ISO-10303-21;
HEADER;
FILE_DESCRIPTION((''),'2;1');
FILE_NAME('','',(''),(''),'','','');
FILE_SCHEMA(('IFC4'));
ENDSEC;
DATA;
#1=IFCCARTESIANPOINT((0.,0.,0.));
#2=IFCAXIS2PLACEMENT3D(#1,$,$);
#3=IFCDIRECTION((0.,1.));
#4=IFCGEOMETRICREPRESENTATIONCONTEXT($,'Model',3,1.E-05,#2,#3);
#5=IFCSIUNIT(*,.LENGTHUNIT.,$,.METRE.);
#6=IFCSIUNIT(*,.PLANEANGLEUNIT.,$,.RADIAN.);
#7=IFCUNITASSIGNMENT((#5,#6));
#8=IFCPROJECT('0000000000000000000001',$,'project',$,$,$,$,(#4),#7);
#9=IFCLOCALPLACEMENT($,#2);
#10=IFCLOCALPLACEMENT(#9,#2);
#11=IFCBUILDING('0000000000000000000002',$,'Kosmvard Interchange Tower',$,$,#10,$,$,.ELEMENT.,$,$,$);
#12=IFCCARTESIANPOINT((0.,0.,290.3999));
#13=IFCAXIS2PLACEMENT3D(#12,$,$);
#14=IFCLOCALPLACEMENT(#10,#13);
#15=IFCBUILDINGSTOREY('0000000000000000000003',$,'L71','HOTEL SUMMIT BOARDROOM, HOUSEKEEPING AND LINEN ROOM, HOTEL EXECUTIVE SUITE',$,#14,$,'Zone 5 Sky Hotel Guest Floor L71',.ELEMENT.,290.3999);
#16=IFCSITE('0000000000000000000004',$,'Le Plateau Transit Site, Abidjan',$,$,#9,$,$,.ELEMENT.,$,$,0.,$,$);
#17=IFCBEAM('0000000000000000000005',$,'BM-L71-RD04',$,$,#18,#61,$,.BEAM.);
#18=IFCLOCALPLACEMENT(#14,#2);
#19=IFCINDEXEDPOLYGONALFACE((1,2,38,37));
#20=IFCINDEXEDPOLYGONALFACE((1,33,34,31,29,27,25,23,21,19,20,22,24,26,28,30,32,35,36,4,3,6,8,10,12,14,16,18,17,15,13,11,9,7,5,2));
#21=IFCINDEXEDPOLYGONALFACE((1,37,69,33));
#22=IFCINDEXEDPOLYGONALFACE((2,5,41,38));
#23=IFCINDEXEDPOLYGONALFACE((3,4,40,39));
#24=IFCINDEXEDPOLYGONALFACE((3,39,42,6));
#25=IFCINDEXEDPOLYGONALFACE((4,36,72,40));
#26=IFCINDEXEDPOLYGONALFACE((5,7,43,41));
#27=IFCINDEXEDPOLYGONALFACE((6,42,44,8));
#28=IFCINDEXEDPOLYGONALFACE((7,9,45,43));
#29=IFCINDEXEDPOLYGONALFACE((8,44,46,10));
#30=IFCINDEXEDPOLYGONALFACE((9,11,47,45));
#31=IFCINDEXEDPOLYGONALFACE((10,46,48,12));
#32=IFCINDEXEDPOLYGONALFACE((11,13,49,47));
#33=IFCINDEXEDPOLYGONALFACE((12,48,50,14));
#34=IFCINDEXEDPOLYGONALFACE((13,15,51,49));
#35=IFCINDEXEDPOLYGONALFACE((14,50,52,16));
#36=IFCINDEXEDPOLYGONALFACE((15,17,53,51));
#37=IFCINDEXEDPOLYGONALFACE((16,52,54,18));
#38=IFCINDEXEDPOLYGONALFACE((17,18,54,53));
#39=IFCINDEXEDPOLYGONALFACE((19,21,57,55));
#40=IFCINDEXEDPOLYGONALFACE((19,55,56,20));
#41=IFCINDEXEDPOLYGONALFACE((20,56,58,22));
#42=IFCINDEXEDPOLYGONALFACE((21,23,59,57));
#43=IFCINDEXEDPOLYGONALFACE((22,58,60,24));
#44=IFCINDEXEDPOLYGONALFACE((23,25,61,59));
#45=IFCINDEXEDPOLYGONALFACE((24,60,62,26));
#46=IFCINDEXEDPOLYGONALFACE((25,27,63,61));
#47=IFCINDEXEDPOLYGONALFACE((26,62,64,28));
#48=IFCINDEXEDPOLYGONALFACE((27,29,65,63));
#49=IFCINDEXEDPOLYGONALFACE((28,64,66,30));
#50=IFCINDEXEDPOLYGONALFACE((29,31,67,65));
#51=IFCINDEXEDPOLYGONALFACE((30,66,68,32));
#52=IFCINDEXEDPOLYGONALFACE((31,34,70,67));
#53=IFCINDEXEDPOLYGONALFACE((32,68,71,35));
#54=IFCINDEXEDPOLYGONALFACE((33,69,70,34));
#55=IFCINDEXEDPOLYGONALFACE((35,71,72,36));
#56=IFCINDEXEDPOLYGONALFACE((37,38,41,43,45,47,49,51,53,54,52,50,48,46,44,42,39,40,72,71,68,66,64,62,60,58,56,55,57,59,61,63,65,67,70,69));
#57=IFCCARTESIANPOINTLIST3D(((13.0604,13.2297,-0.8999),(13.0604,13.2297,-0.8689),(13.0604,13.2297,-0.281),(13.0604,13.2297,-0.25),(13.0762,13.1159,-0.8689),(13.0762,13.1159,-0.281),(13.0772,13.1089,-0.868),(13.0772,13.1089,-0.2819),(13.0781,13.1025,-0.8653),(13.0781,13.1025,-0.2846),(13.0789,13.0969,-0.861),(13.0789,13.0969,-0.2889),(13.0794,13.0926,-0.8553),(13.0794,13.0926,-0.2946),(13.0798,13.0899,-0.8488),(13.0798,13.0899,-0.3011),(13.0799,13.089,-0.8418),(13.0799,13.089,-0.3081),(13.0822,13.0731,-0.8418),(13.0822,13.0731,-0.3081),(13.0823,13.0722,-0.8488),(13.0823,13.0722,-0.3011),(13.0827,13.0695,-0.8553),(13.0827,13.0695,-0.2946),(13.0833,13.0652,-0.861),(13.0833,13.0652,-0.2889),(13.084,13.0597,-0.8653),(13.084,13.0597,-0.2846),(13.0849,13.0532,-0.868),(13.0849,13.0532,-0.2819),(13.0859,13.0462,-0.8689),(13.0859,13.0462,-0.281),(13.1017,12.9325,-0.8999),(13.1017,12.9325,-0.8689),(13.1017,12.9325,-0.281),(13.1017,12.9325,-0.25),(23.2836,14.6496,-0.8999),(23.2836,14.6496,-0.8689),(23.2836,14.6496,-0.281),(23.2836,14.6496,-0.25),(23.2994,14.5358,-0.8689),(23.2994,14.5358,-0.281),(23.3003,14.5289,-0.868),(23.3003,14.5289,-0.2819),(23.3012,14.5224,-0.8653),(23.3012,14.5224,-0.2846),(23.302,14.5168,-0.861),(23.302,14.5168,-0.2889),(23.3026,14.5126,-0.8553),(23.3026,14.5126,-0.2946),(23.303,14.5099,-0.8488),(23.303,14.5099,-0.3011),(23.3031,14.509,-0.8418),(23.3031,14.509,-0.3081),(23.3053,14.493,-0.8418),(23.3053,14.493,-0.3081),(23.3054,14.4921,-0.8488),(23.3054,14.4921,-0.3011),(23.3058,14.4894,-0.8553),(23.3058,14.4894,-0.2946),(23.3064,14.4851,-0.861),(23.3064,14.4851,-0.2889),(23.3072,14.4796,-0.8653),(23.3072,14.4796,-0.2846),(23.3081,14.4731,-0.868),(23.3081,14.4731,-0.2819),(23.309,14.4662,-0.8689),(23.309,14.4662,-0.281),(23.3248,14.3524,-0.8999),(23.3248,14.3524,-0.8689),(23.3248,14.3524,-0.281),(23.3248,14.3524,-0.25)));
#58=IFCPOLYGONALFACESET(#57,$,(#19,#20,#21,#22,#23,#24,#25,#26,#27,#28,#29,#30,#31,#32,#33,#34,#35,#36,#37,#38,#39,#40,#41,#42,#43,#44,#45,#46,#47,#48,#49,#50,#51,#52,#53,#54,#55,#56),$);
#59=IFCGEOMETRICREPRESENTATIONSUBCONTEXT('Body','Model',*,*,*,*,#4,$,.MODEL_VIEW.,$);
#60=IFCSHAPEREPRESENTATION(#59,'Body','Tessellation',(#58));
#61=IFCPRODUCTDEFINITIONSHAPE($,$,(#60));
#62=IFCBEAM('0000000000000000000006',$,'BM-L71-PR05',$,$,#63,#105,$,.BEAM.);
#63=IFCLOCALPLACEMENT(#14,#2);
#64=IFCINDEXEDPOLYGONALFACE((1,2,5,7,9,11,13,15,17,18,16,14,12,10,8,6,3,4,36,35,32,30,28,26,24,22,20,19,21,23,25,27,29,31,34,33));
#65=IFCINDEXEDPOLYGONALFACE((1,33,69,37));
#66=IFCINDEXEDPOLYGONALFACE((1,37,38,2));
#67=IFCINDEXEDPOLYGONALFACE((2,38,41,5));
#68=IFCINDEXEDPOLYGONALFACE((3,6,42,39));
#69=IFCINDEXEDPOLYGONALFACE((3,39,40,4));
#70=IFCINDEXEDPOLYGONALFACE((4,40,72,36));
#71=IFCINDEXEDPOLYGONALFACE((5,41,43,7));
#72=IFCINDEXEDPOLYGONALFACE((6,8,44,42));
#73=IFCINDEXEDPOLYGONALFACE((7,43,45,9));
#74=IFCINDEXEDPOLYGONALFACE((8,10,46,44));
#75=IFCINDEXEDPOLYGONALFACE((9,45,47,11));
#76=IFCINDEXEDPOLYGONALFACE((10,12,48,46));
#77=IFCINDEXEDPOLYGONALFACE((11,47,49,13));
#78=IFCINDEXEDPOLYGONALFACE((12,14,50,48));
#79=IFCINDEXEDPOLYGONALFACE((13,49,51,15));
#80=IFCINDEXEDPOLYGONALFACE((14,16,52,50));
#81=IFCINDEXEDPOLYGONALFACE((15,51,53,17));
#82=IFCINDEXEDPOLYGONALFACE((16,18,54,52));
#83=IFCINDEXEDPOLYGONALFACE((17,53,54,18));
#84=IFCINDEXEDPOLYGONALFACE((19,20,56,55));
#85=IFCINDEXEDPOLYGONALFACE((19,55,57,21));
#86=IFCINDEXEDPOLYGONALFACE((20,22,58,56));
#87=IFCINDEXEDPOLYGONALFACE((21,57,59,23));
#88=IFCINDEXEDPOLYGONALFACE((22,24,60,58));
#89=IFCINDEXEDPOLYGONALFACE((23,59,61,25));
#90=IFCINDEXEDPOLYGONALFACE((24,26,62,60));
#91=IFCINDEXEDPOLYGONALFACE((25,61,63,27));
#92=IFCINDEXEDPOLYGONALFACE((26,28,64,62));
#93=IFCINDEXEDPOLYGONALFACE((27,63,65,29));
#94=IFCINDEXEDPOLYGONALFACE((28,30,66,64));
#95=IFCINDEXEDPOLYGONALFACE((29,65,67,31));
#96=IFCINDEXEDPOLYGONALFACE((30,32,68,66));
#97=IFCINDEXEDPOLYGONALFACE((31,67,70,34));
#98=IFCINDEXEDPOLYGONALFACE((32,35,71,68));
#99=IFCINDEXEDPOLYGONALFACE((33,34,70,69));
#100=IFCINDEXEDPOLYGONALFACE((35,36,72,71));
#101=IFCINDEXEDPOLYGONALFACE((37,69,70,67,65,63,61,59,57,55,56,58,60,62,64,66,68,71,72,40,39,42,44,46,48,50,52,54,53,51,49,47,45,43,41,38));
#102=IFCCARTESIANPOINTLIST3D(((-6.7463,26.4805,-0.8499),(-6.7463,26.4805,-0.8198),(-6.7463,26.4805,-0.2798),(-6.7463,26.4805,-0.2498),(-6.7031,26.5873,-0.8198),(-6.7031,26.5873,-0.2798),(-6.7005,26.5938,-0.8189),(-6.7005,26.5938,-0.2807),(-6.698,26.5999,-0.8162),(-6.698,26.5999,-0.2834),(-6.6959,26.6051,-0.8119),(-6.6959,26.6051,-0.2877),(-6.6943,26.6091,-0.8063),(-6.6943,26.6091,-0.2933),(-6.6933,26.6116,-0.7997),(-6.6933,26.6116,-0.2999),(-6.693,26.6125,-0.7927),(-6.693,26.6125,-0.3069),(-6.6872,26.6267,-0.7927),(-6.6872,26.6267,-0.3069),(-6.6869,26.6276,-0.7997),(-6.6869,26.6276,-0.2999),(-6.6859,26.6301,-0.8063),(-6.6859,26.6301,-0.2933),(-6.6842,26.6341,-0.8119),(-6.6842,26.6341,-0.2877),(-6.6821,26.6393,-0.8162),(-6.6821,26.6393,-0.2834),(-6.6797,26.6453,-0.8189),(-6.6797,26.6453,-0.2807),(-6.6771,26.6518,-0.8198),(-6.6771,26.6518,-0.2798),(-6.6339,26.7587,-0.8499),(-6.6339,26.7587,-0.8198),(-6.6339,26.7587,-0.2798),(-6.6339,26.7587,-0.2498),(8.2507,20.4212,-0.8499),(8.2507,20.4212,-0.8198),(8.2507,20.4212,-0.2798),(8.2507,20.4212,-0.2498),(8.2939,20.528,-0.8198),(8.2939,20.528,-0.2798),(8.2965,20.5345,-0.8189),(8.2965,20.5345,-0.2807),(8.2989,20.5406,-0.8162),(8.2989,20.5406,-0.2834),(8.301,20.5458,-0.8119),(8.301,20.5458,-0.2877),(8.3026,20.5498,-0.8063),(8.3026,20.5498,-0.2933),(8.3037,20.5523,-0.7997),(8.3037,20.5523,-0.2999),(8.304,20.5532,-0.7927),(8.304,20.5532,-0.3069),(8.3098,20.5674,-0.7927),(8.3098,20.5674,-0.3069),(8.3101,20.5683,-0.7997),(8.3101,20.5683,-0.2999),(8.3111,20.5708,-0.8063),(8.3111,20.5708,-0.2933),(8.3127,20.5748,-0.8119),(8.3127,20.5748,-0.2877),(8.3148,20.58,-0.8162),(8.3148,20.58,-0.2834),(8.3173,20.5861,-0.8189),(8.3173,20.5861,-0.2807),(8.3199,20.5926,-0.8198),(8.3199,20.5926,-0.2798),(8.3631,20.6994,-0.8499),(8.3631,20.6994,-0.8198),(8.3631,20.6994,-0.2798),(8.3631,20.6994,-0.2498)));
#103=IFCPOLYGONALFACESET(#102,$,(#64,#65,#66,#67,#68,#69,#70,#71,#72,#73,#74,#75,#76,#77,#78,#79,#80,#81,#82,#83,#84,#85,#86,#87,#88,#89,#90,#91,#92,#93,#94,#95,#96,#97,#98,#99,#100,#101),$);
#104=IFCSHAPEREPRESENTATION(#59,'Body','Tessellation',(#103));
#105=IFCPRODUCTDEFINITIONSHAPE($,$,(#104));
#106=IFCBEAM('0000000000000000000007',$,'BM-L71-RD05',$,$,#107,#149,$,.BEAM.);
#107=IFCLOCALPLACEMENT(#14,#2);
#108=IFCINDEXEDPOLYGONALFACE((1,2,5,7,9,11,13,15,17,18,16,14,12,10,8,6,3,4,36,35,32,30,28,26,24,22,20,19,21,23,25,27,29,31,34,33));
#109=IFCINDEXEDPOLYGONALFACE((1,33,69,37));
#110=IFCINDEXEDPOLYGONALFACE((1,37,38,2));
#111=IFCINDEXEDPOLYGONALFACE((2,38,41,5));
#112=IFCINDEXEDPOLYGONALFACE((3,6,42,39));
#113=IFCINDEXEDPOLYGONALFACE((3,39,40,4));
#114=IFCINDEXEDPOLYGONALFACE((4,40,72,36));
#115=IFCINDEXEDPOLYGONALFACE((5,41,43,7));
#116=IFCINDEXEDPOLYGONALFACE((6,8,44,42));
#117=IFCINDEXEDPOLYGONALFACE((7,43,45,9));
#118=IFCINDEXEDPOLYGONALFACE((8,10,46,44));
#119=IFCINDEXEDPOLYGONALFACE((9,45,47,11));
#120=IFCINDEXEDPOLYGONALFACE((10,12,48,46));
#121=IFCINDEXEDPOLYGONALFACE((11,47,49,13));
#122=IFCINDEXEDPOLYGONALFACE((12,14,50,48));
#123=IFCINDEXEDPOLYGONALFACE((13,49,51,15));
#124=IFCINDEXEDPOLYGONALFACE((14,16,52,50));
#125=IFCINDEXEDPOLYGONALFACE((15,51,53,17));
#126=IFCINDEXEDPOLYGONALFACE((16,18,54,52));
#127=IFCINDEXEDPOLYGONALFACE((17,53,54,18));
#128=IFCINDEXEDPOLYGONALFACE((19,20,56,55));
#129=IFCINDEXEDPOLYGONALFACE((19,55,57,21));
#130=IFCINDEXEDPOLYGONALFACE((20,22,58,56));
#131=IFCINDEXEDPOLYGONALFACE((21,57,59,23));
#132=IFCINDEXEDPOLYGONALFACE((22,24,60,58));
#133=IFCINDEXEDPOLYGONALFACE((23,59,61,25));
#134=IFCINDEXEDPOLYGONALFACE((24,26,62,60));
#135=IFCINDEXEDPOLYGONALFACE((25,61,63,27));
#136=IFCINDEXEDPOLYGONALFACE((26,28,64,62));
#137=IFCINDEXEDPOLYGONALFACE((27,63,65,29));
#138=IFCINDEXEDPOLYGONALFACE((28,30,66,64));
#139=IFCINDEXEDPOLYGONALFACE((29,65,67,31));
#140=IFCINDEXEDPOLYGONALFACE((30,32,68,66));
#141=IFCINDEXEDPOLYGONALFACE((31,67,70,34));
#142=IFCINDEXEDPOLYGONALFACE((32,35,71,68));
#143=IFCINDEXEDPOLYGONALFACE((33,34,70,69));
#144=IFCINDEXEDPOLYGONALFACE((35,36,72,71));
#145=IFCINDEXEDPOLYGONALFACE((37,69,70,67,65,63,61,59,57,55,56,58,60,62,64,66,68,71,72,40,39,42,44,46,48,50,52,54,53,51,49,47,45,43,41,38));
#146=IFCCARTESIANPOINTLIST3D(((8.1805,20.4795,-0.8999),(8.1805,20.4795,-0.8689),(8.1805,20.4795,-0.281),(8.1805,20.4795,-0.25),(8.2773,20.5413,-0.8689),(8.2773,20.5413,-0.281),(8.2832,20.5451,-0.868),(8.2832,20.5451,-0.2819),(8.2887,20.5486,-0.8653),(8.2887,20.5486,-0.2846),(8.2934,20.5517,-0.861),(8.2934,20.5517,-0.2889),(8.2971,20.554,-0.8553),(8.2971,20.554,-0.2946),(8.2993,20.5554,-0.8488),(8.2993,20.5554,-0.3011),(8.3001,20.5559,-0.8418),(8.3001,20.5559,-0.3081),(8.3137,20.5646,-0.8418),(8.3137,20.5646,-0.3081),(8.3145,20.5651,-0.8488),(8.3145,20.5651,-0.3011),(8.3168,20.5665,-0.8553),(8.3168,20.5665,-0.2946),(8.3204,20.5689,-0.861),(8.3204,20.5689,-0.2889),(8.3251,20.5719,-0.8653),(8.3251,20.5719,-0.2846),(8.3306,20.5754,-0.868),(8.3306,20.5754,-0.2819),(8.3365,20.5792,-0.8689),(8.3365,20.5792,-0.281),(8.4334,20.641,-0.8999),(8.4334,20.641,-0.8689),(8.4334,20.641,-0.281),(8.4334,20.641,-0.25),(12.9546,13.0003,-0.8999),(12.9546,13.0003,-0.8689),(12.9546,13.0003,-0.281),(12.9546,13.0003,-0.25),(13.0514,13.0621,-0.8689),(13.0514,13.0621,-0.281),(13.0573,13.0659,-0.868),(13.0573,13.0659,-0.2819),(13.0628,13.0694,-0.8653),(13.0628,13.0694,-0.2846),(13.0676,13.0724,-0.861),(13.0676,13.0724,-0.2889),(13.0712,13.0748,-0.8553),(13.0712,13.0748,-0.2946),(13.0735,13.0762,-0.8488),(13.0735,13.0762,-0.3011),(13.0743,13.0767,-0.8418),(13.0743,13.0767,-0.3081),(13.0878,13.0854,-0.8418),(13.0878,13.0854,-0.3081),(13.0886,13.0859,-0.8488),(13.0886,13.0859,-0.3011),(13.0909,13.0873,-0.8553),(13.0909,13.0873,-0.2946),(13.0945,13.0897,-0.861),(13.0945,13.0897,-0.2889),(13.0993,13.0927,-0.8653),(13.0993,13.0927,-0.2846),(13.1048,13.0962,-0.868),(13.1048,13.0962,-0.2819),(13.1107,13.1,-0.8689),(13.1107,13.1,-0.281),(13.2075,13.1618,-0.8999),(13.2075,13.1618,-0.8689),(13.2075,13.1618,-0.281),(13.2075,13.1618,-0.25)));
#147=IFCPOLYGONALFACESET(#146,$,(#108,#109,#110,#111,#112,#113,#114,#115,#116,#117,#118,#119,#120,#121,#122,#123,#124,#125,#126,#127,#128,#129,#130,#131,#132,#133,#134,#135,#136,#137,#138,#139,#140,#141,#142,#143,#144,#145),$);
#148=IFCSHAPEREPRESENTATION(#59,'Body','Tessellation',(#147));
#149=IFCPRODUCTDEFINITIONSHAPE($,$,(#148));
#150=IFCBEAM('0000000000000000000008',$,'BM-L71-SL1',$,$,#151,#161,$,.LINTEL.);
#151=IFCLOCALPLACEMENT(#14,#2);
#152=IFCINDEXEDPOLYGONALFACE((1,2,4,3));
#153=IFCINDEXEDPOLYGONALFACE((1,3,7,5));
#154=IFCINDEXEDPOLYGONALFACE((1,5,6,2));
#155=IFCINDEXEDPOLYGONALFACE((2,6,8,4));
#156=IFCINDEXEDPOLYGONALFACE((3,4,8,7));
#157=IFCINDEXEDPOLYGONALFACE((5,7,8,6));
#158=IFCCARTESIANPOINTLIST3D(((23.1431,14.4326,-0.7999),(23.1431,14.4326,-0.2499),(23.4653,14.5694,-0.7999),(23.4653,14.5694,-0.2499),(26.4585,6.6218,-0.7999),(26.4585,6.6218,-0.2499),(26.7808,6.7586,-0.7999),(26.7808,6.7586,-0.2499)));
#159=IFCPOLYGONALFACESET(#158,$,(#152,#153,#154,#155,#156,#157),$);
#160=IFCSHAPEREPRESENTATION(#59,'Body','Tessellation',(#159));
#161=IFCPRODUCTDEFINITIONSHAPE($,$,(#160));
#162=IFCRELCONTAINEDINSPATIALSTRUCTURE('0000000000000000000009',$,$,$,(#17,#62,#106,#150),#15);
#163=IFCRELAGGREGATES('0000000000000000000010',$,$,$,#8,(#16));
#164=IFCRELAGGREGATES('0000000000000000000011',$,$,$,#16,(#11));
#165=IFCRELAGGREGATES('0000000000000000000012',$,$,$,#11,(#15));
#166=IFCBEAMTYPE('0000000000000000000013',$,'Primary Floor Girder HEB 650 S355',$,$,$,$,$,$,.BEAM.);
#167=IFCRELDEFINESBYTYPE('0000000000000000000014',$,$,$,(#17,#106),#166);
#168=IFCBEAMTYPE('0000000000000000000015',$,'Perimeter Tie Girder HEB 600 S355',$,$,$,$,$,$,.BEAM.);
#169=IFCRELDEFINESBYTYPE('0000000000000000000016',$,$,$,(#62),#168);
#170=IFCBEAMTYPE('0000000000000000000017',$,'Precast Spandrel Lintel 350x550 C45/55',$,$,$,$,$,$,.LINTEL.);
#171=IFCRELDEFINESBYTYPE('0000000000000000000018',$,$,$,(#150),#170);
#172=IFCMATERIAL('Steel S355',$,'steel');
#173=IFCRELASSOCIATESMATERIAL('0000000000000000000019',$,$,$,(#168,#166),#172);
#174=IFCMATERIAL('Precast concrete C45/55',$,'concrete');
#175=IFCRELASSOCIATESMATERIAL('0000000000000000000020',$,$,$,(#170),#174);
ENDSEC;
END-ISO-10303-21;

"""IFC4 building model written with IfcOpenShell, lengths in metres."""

from ifc_helpers import new_model, si_unit, direction, frame, origin, origin_2d, place, context, subcontext, project, spatial, rectangle, i_section, extrude, source, transform, mapped, material, material_profile, profile_set, type_object, element, save


model = new_model("IFC4")

# Units and contexts
model_context = context("Model", 3, precision=1e-05, world=origin(), true_north=direction((0.0, 1.0)))
body_context = subcontext(model_context, "Body", "Model", "MODEL_VIEW")
ifc_project = project(units=[si_unit("LENGTHUNIT", "METRE"), si_unit("PLANEANGLEUNIT", "RADIAN")], contexts=[model_context])

# Site, building, storey
site_placement = place(None, origin())
site = spatial("IfcSite", under=ifc_project, at=site_placement, Name="Le Plateau Transit Site, Abidjan", CompositionType="ELEMENT", RefElevation=0.0)
building_placement = place(site_placement, origin())
building = spatial("IfcBuilding", under=site, at=building_placement, Name="Kosmvard Interchange Tower", CompositionType="ELEMENT")
storey_placement = place(building_placement, frame((0.0, 0.0, 290.3999)))
storey = spatial("IfcBuildingStorey", under=building, at=storey_placement, Name="L71", Description="HOTEL SUMMIT BOARDROOM, HOUSEKEEPING AND LINEN ROOM, HOTEL EXECUTIVE SUITE", LongName="Zone 5 Sky Hotel Guest Floor L71", CompositionType="ELEMENT", Elevation=290.3999)

# Beams
ifc_material_1 = material(Name="Steel S355", Category="steel")
ifc_material_profile_1 = material_profile(ifc_material_1, i_section(OverallWidth=0.3, OverallDepth=0.6001, WebThickness=0.0154, FlangeThickness=0.03, FilletRadius=0.0271, at=origin_2d()), Name="HEB 600")
ifc_profile_set_1 = profile_set([ifc_material_profile_1], Name="Steel S355")
beam_type_1 = type_object("IfcBeamType", Name="Perimeter Tie Girder HEB 600 S355", PredefinedType="BEAM", material=ifc_profile_set_1)
ifc_material_profile_2 = material_profile(ifc_material_1, i_section(OverallWidth=0.3, OverallDepth=0.6499, WebThickness=0.0161, FlangeThickness=0.031, FilletRadius=0.0271, at=origin_2d()), Name="HEB 650")
ifc_profile_set_2 = profile_set([ifc_material_profile_2], Name="Steel S355")
beam_type_2 = type_object("IfcBeamType", Name="Primary Floor Girder HEB 650 S355", PredefinedType="BEAM", material=ifc_profile_set_2)
shared_shape_1 = source(origin(), body_context, "Body", "SweptSolid", [
    extrude(i_section(OverallWidth=0.3, OverallDepth=0.6499, WebThickness=0.0161, FlangeThickness=0.031, FilletRadius=0.0271, at=origin_2d()), origin(), (0.0, 0.0, 1.0), 10.3213),
])
beam_1_placement = place(storey_placement, frame((13.0811, 13.0811, -0.575), z_axis=(0.990492, 0.137572, 0.0), x_axis=(-0.137572, 0.990492, 0.0)))
element("IfcBeam", 1, at=beam_1_placement, inside=storey, type_object=beam_type_2, Name="BM-L71-RD04", PredefinedType="BEAM", context=body_context, shape_type="MappedRepresentation", body=[
    mapped(shared_shape_1, transform((0.0, 0.0, 0.0), scale=1.0)),
])
shared_shape_2 = source(origin(), body_context, "Body", "SweptSolid", [
    extrude(i_section(OverallWidth=0.3, OverallDepth=0.6001, WebThickness=0.0154, FlangeThickness=0.03, FilletRadius=0.0271, at=origin_2d()), origin(), (0.0, 0.0, 1.0), 16.1748),
])
beam_2_placement = place(storey_placement, frame((8.3069, 20.5603, -0.5498), z_axis=(-0.927181, 0.374613, 0.0), x_axis=(-0.374613, -0.927181, 0.0)))
element("IfcBeam", 2, at=beam_2_placement, inside=storey, type_object=beam_type_1, Name="BM-L71-PR05", PredefinedType="BEAM", context=body_context, shape_type="MappedRepresentation", body=[
    mapped(shared_shape_2, transform((0.0, 0.0, 0.0), scale=1.0)),
])
shared_shape_3 = source(origin(), body_context, "Body", "SweptSolid", [
    extrude(i_section(OverallWidth=0.3, OverallDepth=0.6499, WebThickness=0.0161, FlangeThickness=0.031, FilletRadius=0.0271, at=origin_2d()), origin(), (0.0, 0.0, 1.0), 8.873),
])
beam_3_placement = place(storey_placement, frame((13.0811, 13.0811, -0.575), z_axis=(-0.53805, 0.842913, 0.0), x_axis=(-0.842913, -0.53805, 0.0)))
element("IfcBeam", 3, at=beam_3_placement, inside=storey, type_object=beam_type_2, Name="BM-L71-RD05", PredefinedType="BEAM", context=body_context, shape_type="MappedRepresentation", body=[
    mapped(shared_shape_3, transform((0.0, 0.0, 0.0), scale=1.0)),
])
ifc_material_2 = material(Name="Precast concrete C45/55", Category="concrete")
ifc_material_profile_3 = material_profile(ifc_material_2, rectangle(XDim=0.3501, YDim=0.55, at=origin_2d()), Name="SL 350x550")
ifc_profile_set_3 = profile_set([ifc_material_profile_3], Name="Precast concrete C45/55")
beam_type_3 = type_object("IfcBeamType", Name="Precast Spandrel Lintel 350x550 C45/55", PredefinedType="LINTEL", material=ifc_profile_set_3)
shared_shape_4 = source(origin(), body_context, "Body", "SweptSolid", [
    extrude(rectangle(XDim=0.3501, YDim=0.55, at=origin_2d()), origin(), (0.0, 0.0, 1.0), 8.4854),
])
beam_4_placement = place(storey_placement, frame((26.6196, 6.6902, -0.5249), z_axis=(-0.390726, 0.920507, 0.0), x_axis=(-0.920507, -0.390726, 0.0)))
element("IfcBeam", 4, at=beam_4_placement, inside=storey, type_object=beam_type_3, Name="BM-L71-SL1", PredefinedType="LINTEL", context=body_context, shape_type="MappedRepresentation", body=[
    mapped(shared_shape_4, transform((0.0, 0.0, 0.0), scale=1.0)),
])

save(model, "model.ifc")
